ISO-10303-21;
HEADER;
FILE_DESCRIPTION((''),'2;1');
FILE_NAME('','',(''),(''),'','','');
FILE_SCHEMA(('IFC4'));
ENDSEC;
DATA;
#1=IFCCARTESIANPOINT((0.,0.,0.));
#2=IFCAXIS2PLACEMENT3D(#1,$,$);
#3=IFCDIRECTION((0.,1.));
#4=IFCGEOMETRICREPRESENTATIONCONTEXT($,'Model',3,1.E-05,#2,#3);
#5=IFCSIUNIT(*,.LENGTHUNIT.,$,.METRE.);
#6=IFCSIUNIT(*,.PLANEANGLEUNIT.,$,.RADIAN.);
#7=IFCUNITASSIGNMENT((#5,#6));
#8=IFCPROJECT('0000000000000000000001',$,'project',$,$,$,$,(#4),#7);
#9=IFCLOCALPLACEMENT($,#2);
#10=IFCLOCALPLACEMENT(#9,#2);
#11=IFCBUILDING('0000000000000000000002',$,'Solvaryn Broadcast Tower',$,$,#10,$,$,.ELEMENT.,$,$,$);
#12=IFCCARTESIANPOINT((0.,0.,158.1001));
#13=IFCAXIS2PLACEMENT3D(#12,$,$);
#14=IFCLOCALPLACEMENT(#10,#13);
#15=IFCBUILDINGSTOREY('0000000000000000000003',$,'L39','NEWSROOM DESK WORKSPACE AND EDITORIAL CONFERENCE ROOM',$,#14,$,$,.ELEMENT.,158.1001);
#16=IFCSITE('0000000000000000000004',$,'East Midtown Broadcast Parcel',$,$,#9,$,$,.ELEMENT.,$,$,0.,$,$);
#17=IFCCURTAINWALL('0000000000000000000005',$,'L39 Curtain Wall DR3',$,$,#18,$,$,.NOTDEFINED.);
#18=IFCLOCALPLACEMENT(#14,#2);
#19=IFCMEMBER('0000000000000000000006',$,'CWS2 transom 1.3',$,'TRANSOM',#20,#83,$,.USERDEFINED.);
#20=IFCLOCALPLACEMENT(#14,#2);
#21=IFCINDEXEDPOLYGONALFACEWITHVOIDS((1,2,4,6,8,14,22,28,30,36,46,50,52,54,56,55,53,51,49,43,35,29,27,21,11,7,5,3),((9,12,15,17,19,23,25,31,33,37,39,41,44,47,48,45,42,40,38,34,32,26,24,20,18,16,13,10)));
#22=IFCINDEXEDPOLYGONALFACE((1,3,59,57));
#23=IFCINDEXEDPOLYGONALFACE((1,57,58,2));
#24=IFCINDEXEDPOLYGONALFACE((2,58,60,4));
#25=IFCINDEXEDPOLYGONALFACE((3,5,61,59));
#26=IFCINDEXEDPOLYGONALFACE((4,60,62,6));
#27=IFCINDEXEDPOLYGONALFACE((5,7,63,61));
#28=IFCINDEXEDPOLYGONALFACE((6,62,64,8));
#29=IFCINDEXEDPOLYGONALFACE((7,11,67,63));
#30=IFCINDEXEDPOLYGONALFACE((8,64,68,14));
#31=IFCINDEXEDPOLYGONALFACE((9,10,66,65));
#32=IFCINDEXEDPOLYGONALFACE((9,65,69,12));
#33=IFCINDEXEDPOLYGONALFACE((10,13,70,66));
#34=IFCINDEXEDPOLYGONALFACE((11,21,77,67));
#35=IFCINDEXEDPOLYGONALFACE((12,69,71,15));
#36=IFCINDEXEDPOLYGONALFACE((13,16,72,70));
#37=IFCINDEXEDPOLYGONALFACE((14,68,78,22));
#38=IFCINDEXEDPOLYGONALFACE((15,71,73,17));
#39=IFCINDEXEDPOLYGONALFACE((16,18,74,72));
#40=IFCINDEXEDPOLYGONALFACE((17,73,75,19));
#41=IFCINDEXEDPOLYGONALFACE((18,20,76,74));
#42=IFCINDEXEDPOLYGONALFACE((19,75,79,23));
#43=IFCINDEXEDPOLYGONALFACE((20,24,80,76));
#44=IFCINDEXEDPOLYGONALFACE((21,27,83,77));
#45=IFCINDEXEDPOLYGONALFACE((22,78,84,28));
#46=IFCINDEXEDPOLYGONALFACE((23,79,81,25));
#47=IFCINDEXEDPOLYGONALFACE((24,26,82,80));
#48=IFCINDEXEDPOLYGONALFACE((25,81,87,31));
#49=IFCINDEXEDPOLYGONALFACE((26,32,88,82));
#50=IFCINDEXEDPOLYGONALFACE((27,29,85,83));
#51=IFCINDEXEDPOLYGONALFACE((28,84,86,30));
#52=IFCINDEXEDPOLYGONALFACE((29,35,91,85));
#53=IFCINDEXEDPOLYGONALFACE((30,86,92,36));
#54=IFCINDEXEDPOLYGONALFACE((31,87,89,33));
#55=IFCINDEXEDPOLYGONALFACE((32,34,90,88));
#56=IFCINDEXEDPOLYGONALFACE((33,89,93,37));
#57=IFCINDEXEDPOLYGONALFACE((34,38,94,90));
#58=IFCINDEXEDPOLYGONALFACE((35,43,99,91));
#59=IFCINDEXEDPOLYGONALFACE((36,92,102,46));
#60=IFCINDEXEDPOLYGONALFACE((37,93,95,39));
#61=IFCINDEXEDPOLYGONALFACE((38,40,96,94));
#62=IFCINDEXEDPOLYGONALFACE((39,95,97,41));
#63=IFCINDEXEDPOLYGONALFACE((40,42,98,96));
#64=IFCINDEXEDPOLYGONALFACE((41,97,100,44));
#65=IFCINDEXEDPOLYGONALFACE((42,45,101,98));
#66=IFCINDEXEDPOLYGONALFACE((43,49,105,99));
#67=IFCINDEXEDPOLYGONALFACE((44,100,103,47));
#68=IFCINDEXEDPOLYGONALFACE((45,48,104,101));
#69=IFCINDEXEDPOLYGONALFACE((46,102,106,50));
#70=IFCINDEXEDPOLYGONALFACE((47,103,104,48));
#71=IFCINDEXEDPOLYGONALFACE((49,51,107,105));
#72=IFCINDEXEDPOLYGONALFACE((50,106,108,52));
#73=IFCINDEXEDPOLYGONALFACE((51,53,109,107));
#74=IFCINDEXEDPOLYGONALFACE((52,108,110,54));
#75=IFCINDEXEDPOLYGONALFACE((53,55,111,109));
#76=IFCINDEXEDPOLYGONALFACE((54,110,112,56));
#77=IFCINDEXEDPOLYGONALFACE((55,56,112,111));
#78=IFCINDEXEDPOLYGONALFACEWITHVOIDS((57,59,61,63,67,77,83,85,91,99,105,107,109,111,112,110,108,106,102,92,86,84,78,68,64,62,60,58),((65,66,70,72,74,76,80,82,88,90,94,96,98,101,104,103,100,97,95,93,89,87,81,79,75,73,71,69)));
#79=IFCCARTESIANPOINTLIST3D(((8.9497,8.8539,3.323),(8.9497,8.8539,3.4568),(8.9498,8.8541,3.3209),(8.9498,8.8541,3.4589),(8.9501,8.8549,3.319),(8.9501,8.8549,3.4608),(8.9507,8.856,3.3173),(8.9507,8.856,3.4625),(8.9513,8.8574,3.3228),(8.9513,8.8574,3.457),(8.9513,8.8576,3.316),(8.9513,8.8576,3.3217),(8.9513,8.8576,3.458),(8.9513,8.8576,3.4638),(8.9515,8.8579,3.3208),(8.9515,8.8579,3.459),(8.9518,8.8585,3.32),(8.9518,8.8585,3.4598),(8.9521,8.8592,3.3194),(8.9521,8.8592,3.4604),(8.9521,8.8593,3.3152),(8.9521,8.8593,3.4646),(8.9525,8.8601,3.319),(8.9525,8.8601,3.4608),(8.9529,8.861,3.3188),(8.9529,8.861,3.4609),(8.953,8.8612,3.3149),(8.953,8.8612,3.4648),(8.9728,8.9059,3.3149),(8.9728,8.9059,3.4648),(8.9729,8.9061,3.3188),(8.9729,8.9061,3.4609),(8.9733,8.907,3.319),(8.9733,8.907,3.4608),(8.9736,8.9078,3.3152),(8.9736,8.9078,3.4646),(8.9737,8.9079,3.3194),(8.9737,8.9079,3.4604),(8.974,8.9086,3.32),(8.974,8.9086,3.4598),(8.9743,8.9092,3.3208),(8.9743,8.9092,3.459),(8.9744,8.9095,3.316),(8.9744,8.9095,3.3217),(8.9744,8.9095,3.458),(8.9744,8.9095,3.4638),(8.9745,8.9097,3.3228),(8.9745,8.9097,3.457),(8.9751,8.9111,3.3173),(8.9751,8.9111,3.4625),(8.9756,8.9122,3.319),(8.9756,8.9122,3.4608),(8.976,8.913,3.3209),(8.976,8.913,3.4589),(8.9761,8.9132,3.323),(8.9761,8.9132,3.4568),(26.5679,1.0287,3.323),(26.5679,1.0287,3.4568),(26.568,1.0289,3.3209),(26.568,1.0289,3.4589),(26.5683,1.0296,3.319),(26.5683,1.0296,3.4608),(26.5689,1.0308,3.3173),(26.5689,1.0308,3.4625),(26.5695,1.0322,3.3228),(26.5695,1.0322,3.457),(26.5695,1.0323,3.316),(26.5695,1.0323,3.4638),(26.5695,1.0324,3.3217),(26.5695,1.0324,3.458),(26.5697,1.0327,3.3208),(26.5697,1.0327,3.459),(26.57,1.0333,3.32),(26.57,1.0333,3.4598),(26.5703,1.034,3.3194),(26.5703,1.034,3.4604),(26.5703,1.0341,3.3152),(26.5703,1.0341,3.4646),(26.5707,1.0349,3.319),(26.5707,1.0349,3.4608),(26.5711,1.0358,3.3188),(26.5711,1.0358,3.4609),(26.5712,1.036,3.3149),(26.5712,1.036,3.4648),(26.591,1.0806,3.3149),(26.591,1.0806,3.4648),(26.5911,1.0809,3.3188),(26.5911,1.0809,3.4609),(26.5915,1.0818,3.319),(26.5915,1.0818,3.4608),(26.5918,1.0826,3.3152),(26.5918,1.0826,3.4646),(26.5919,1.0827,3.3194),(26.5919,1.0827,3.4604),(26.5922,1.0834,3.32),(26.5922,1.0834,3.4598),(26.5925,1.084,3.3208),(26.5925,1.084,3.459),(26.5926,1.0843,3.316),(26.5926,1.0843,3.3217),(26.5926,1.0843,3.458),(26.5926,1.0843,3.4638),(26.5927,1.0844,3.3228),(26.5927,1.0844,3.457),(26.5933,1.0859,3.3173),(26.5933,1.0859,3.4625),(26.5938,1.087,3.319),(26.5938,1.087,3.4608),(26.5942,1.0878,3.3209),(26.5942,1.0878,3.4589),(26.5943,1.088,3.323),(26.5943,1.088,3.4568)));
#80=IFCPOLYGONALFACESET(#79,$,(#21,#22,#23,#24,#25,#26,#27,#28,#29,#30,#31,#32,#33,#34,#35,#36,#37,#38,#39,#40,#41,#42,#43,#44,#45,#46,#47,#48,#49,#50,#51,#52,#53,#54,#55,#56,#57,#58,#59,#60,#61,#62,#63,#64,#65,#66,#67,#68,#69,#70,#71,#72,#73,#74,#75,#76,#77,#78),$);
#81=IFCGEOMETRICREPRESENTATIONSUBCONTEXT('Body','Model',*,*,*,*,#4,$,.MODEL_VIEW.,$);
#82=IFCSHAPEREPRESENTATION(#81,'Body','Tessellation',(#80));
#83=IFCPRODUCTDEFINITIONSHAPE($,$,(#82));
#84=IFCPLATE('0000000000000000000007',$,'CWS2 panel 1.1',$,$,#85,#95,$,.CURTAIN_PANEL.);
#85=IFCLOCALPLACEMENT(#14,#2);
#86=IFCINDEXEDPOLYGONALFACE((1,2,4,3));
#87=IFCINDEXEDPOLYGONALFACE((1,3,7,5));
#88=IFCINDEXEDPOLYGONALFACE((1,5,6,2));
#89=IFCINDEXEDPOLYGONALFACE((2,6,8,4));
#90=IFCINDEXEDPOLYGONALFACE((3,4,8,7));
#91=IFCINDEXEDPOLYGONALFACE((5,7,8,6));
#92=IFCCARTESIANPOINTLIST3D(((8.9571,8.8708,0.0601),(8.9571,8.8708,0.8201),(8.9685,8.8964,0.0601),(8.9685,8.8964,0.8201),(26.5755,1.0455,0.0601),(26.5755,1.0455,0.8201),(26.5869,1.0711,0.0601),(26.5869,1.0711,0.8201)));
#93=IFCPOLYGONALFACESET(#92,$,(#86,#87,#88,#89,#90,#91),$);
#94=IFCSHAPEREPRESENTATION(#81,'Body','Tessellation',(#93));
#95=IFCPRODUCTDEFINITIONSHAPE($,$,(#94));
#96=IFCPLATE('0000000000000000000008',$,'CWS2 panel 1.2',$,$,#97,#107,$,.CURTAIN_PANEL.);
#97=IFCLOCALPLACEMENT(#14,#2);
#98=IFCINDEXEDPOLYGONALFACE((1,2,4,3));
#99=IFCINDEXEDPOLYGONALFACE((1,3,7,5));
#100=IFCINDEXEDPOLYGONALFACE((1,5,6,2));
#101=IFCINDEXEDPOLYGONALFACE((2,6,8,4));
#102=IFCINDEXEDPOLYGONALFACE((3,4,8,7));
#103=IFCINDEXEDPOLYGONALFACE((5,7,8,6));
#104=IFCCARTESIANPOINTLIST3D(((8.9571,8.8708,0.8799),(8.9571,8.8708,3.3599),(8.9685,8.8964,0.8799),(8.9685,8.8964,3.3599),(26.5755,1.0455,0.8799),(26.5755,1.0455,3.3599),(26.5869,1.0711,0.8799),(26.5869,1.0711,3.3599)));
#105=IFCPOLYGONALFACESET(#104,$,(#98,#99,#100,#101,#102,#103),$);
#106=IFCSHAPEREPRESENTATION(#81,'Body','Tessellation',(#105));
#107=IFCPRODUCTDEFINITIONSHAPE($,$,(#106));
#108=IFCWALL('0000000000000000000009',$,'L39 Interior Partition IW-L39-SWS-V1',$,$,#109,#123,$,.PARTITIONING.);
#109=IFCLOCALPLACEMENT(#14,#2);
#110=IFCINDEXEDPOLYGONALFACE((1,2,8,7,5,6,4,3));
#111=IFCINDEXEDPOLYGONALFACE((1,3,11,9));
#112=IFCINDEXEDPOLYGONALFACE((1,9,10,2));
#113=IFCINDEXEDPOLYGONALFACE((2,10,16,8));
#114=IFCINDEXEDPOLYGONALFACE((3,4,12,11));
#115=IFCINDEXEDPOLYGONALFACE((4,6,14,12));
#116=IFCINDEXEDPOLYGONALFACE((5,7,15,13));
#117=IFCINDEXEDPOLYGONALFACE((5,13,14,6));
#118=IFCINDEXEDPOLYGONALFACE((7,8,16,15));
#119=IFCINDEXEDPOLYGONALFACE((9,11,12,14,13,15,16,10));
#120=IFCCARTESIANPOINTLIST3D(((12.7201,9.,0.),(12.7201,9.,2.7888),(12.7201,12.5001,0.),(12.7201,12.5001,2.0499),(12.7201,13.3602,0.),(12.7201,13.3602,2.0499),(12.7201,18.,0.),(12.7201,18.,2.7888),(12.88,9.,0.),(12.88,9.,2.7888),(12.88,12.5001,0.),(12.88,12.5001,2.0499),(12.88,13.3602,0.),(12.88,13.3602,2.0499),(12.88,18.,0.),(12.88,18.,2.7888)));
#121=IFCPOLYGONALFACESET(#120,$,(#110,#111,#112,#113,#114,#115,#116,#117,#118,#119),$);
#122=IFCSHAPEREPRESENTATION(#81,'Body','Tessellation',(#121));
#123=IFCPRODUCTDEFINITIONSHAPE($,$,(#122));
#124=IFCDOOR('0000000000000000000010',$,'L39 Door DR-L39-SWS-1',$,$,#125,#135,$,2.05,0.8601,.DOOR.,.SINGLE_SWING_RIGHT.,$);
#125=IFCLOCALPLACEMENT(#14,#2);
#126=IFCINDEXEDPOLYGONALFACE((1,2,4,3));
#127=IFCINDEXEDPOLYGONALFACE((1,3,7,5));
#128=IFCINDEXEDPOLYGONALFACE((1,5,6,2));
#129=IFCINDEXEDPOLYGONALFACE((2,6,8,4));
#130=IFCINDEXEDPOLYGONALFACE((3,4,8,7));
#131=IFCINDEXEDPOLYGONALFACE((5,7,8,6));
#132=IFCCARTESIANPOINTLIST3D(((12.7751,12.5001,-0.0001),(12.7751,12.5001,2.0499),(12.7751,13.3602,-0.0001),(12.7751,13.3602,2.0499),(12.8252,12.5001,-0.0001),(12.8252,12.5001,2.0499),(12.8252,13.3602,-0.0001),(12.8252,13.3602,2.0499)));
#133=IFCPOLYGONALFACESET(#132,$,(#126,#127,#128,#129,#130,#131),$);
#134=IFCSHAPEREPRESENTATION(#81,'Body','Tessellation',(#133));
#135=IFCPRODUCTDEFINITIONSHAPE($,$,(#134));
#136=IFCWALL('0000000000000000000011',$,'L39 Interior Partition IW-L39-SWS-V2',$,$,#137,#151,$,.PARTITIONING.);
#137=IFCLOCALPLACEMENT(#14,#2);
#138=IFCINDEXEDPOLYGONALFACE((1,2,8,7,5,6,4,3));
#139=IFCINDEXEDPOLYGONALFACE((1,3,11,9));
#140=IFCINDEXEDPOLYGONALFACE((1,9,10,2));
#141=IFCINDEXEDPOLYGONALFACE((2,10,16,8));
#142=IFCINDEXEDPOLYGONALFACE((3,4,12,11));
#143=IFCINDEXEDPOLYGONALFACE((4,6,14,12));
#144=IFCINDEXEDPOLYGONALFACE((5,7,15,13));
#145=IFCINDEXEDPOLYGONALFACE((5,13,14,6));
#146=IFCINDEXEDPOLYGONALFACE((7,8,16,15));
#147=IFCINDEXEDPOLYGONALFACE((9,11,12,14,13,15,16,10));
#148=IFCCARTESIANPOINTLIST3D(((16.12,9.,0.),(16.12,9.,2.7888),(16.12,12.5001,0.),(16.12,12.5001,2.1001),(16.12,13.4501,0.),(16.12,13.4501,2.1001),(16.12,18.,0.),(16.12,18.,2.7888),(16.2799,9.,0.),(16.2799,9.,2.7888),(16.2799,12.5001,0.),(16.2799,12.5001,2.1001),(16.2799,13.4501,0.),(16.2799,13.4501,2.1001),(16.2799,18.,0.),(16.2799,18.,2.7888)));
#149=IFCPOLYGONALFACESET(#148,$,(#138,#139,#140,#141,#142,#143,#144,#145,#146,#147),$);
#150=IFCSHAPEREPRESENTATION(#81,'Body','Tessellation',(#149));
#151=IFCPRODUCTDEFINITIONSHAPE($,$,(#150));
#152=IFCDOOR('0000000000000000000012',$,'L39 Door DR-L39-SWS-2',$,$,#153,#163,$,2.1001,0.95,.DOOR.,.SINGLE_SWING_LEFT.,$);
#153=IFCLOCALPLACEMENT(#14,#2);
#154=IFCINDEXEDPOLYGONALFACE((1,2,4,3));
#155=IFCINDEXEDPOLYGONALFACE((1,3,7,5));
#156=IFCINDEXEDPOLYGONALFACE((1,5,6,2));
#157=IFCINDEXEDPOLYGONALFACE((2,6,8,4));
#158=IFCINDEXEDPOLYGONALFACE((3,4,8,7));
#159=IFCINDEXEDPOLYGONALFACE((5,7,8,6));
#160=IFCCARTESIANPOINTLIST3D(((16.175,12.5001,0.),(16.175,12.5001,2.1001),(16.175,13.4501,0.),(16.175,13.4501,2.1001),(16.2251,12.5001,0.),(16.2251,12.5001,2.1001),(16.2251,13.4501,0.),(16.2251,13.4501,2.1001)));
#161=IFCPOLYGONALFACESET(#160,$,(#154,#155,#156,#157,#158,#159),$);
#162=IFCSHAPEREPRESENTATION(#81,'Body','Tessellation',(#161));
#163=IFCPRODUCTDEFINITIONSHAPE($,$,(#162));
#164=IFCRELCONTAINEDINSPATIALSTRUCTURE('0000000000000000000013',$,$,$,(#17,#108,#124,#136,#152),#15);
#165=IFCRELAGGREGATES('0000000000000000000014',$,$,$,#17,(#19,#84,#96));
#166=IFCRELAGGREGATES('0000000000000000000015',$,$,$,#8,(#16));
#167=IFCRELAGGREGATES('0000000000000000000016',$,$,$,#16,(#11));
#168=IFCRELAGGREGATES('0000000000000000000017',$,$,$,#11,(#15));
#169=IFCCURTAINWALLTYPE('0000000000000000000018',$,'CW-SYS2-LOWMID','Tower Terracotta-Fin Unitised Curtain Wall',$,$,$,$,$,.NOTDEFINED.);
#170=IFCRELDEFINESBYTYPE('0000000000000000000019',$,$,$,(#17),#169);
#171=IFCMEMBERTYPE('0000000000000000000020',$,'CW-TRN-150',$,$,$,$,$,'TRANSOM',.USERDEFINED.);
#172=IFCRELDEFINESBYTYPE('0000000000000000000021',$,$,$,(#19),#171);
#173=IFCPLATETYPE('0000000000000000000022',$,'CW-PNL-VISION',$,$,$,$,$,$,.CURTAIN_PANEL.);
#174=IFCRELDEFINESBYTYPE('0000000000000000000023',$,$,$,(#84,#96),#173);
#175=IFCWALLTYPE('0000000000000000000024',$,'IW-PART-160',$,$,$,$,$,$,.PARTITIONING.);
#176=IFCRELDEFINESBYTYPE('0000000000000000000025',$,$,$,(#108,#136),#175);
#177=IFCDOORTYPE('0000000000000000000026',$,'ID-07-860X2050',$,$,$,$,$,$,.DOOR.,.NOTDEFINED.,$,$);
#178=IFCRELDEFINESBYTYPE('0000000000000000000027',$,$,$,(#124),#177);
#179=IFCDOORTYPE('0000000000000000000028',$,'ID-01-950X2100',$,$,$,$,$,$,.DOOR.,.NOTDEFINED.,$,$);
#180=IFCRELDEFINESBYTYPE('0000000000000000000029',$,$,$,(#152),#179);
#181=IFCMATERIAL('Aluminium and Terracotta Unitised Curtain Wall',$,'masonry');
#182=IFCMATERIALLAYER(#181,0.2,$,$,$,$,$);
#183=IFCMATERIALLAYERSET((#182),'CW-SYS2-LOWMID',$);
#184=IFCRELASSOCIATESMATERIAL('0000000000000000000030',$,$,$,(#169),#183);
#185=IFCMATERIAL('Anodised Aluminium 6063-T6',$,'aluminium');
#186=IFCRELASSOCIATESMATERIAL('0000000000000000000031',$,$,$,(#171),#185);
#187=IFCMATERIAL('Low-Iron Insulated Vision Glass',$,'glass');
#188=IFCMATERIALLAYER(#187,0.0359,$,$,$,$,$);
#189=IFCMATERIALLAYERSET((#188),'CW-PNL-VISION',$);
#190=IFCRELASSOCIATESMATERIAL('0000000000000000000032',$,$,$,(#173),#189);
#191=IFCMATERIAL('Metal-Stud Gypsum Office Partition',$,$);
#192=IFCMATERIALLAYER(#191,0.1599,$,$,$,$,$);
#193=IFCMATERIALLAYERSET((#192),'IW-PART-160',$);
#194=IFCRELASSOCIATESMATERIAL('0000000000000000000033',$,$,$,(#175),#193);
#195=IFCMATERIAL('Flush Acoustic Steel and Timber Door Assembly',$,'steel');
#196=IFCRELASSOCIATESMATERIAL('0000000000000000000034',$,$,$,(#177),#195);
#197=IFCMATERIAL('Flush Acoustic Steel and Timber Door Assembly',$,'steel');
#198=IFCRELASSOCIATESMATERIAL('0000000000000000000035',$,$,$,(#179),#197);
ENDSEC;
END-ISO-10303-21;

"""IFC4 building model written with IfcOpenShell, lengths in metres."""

from ifc_helpers import new_model, si_unit, direction, frame, frame_2d, origin, origin_2d, place, context, subcontext, project, spatial, rectangle, hollow_rectangle, extrude, material, layer, layer_set, material_profile, profile_set, type_object, element, fill, aggregate, save


model = new_model("IFC4")

# Units and contexts
model_context = context("Model", 3, precision=1e-05, world=origin(), true_north=direction((0.0, 1.0)))
body_context = subcontext(model_context, "Body", "Model", "MODEL_VIEW")
ifc_project = project(units=[si_unit("LENGTHUNIT", "METRE"), si_unit("PLANEANGLEUNIT", "RADIAN")], contexts=[model_context])

# Site, building, storey
site_placement = place(None, origin())
site = spatial("IfcSite", under=ifc_project, at=site_placement, Name="East Midtown Broadcast Parcel", CompositionType="ELEMENT", RefElevation=0.0)
building_placement = place(site_placement, origin())
building = spatial("IfcBuilding", under=site, at=building_placement, Name="Solvaryn Broadcast Tower", CompositionType="ELEMENT")
storey_placement = place(building_placement, frame((0.0, 0.0, 158.1001)))
storey = spatial("IfcBuildingStorey", under=building, at=storey_placement, Name="L39", Description="NEWSROOM DESK WORKSPACE AND EDITORIAL CONFERENCE ROOM", CompositionType="ELEMENT", Elevation=158.1001)

# Shared definitions
ifc_material_1 = material(Name="Aluminium and Terracotta Unitised Curtain Wall", Category="masonry")
ifc_layer_1 = layer(ifc_material_1, 0.2)
ifc_layer_set_1 = layer_set([ifc_layer_1], Name="CW-SYS2-LOWMID")
curtain_wall_type = type_object("IfcCurtainWallType", Name="CW-SYS2-LOWMID", Description="Tower Terracotta-Fin Unitised Curtain Wall", PredefinedType="NOTDEFINED", material=ifc_layer_set_1)

# Curtain wall, member, plates
curtain_wall_1_placement = place(storey_placement, origin())
curtain_wall_1 = element("IfcCurtainWall", 1, at=curtain_wall_1_placement, inside=storey, type_object=curtain_wall_type, Name="L39 Curtain Wall DR3", PredefinedType="NOTDEFINED")
ifc_material_2 = material(Name="Anodised Aluminium 6063-T6", Category="aluminium")
ifc_material_profile_1 = material_profile(ifc_material_2, hollow_rectangle(XDim=0.0649, YDim=0.1499, WallThickness=0.0039, InnerFilletRadius=0.0039, OuterFilletRadius=0.0081, at=origin_2d()))
ifc_profile_set_1 = profile_set([ifc_material_profile_1], Name="Anodised Aluminium 6063-T6")
member_type_1 = type_object("IfcMemberType", Name="CW-TRN-150", ElementType="TRANSOM", PredefinedType="USERDEFINED", material=ifc_profile_set_1)
member_1_placement = place(storey_placement, frame((8.9629, 8.8835, 3.3899), z_axis=(0.91391, -0.405918, 0.0), x_axis=(0.405918, 0.91391, 0.0)))
member_1 = element("IfcMember", 2, at=member_1_placement, type_object=member_type_1, Name="CWS2 transom 1.3", ObjectType="TRANSOM", PredefinedType="USERDEFINED", context=body_context, shape_type="SweptSolid", body=[
    extrude(hollow_rectangle(XDim=0.0649, YDim=0.1499, WallThickness=0.0039, InnerFilletRadius=0.0039, OuterFilletRadius=0.0081, at=origin_2d()), origin(), (0.0, 0.0, 1.0), 19.2778),
])
ifc_material_3 = material(Name="Low-Iron Insulated Vision Glass", Category="glass")
ifc_layer_2 = layer(ifc_material_3, 0.0359)
ifc_layer_set_2 = layer_set([ifc_layer_2], Name="CW-PNL-VISION")
plate_type = type_object("IfcPlateType", Name="CW-PNL-VISION", PredefinedType="CURTAIN_PANEL", material=ifc_layer_set_2)
plate_1_placement = place(storey_placement, frame((17.772, 4.9709, 0.0601), z_axis=(0.0, 0.0, 1.0), x_axis=(0.913909, -0.405918, 0.0)))
plate_1 = element("IfcPlate", 3, at=plate_1_placement, type_object=plate_type, Name="CWS2 panel 1.1", PredefinedType="CURTAIN_PANEL", context=body_context, shape_type="SweptSolid", body=[
    extrude(rectangle(XDim=19.2781, YDim=0.0281, at=origin_2d()), origin(), (0.0, 0.0, 1.0), 0.76),
])
plate_2_placement = place(storey_placement, frame((17.772, 4.9709, 0.8799), z_axis=(0.0, 0.0, 1.0), x_axis=(0.913909, -0.405918, 0.0)))
plate_2 = element("IfcPlate", 4, at=plate_2_placement, type_object=plate_type, Name="CWS2 panel 1.2", PredefinedType="CURTAIN_PANEL", context=body_context, shape_type="SweptSolid", body=[
    extrude(rectangle(XDim=19.2781, YDim=0.0281, at=origin_2d()), origin(), (0.0, 0.0, 1.0), 2.48),
])
aggregate(curtain_wall_1, [member_1, plate_1, plate_2])

# Walls, openings, doors
ifc_material_4 = material(Name="Metal-Stud Gypsum Office Partition")
ifc_layer_3 = layer(ifc_material_4, 0.1599)
ifc_layer_set_3 = layer_set([ifc_layer_3], Name="IW-PART-160")
wall_type = type_object("IfcWallType", Name="IW-PART-160", PredefinedType="PARTITIONING", material=ifc_layer_set_3)
wall_1_placement = place(storey_placement, frame((12.8, 9.0, 0.0), z_axis=(0.0, 0.0, 1.0), x_axis=(0.0, 1.0, 0.0)))
wall_1 = element("IfcWall", 5, at=wall_1_placement, inside=storey, type_object=wall_type, Name="L39 Interior Partition IW-L39-SWS-V1", PredefinedType="PARTITIONING", context=body_context, shape_type="SweptSolid", body=[
    extrude(rectangle(XDim=9.0, YDim=0.1599, at=frame_2d((4.5, 0.0))), origin(), (0.0, 0.0, 1.0), 2.7888),
])
opening_1_placement = place(wall_1_placement, frame((3.5, 0.0, 0.0)))
opening_1 = element("IfcOpeningElement", 6, at=opening_1_placement, cuts=wall_1, PredefinedType="OPENING", context=body_context, shape_type="SweptSolid", body=[
    extrude(rectangle(XDim=0.8601, YDim=2.05, at=frame_2d((0.4302, 1.0249))), frame((0.0, 0.0901, 0.0), z_axis=(0.0, -1.0, 0.0), x_axis=(1.0, 0.0, 0.0)), (0.0, 0.0, 1.0), 0.1799),
])
ifc_material_5 = material(Name="Flush Acoustic Steel and Timber Door Assembly", Category="steel")
door_type_1 = type_object("IfcDoorType", Name="ID-07-860X2050", OperationType="NOTDEFINED", PredefinedType="DOOR", material=ifc_material_5)
door_1_placement = place(opening_1_placement, origin())
door_1 = element("IfcDoor", 7, at=door_1_placement, inside=storey, type_object=door_type_1, Name="L39 Door DR-L39-SWS-1", OperationType="SINGLE_SWING_RIGHT", OverallHeight=2.05, OverallWidth=0.8601, PredefinedType="DOOR", context=body_context, shape_type="SweptSolid", body=[
    extrude(rectangle(XDim=0.8601, YDim=2.05, at=frame_2d((0.4302, 1.0249))), frame((0.0, 0.0249, 0.0), z_axis=(0.0, -1.0, 0.0), x_axis=(1.0, 0.0, 0.0)), (0.0, 0.0, 1.0), 0.05),
])
fill(opening_1, door_1)
wall_2_placement = place(storey_placement, frame((16.2, 9.0, 0.0), z_axis=(0.0, 0.0, 1.0), x_axis=(0.0, 1.0, 0.0)))
wall_2 = element("IfcWall", 8, at=wall_2_placement, inside=storey, type_object=wall_type, Name="L39 Interior Partition IW-L39-SWS-V2", PredefinedType="PARTITIONING", context=body_context, shape_type="SweptSolid", body=[
    extrude(rectangle(XDim=9.0, YDim=0.1599, at=frame_2d((4.5, 0.0))), origin(), (0.0, 0.0, 1.0), 2.7888),
])
opening_2_placement = place(wall_2_placement, frame((3.5, 0.0, 0.0)))
opening_2 = element("IfcOpeningElement", 9, at=opening_2_placement, cuts=wall_2, PredefinedType="OPENING", context=body_context, shape_type="SweptSolid", body=[
    extrude(rectangle(XDim=0.95, YDim=2.1001, at=frame_2d((0.4751, 1.05))), frame((0.0, 0.0901, 0.0), z_axis=(0.0, -1.0, 0.0), x_axis=(1.0, 0.0, 0.0)), (0.0, 0.0, 1.0), 0.1799),
])
ifc_material_6 = material(Name="Flush Acoustic Steel and Timber Door Assembly", Category="steel")
door_type_2 = type_object("IfcDoorType", Name="ID-01-950X2100", OperationType="NOTDEFINED", PredefinedType="DOOR", material=ifc_material_6)
door_2_placement = place(opening_2_placement, origin())
door_2 = element("IfcDoor", 10, at=door_2_placement, inside=storey, type_object=door_type_2, Name="L39 Door DR-L39-SWS-2", OperationType="SINGLE_SWING_LEFT", OverallHeight=2.1001, OverallWidth=0.95, PredefinedType="DOOR", context=body_context, shape_type="SweptSolid", body=[
    extrude(rectangle(XDim=0.95, YDim=2.1001, at=frame_2d((0.4751, 1.05))), frame((0.0, 0.0249, 0.0), z_axis=(0.0, -1.0, 0.0), x_axis=(1.0, 0.0, 0.0)), (0.0, 0.0, 1.0), 0.05),
])
fill(opening_2, door_2)

save(model, "model.ifc")
